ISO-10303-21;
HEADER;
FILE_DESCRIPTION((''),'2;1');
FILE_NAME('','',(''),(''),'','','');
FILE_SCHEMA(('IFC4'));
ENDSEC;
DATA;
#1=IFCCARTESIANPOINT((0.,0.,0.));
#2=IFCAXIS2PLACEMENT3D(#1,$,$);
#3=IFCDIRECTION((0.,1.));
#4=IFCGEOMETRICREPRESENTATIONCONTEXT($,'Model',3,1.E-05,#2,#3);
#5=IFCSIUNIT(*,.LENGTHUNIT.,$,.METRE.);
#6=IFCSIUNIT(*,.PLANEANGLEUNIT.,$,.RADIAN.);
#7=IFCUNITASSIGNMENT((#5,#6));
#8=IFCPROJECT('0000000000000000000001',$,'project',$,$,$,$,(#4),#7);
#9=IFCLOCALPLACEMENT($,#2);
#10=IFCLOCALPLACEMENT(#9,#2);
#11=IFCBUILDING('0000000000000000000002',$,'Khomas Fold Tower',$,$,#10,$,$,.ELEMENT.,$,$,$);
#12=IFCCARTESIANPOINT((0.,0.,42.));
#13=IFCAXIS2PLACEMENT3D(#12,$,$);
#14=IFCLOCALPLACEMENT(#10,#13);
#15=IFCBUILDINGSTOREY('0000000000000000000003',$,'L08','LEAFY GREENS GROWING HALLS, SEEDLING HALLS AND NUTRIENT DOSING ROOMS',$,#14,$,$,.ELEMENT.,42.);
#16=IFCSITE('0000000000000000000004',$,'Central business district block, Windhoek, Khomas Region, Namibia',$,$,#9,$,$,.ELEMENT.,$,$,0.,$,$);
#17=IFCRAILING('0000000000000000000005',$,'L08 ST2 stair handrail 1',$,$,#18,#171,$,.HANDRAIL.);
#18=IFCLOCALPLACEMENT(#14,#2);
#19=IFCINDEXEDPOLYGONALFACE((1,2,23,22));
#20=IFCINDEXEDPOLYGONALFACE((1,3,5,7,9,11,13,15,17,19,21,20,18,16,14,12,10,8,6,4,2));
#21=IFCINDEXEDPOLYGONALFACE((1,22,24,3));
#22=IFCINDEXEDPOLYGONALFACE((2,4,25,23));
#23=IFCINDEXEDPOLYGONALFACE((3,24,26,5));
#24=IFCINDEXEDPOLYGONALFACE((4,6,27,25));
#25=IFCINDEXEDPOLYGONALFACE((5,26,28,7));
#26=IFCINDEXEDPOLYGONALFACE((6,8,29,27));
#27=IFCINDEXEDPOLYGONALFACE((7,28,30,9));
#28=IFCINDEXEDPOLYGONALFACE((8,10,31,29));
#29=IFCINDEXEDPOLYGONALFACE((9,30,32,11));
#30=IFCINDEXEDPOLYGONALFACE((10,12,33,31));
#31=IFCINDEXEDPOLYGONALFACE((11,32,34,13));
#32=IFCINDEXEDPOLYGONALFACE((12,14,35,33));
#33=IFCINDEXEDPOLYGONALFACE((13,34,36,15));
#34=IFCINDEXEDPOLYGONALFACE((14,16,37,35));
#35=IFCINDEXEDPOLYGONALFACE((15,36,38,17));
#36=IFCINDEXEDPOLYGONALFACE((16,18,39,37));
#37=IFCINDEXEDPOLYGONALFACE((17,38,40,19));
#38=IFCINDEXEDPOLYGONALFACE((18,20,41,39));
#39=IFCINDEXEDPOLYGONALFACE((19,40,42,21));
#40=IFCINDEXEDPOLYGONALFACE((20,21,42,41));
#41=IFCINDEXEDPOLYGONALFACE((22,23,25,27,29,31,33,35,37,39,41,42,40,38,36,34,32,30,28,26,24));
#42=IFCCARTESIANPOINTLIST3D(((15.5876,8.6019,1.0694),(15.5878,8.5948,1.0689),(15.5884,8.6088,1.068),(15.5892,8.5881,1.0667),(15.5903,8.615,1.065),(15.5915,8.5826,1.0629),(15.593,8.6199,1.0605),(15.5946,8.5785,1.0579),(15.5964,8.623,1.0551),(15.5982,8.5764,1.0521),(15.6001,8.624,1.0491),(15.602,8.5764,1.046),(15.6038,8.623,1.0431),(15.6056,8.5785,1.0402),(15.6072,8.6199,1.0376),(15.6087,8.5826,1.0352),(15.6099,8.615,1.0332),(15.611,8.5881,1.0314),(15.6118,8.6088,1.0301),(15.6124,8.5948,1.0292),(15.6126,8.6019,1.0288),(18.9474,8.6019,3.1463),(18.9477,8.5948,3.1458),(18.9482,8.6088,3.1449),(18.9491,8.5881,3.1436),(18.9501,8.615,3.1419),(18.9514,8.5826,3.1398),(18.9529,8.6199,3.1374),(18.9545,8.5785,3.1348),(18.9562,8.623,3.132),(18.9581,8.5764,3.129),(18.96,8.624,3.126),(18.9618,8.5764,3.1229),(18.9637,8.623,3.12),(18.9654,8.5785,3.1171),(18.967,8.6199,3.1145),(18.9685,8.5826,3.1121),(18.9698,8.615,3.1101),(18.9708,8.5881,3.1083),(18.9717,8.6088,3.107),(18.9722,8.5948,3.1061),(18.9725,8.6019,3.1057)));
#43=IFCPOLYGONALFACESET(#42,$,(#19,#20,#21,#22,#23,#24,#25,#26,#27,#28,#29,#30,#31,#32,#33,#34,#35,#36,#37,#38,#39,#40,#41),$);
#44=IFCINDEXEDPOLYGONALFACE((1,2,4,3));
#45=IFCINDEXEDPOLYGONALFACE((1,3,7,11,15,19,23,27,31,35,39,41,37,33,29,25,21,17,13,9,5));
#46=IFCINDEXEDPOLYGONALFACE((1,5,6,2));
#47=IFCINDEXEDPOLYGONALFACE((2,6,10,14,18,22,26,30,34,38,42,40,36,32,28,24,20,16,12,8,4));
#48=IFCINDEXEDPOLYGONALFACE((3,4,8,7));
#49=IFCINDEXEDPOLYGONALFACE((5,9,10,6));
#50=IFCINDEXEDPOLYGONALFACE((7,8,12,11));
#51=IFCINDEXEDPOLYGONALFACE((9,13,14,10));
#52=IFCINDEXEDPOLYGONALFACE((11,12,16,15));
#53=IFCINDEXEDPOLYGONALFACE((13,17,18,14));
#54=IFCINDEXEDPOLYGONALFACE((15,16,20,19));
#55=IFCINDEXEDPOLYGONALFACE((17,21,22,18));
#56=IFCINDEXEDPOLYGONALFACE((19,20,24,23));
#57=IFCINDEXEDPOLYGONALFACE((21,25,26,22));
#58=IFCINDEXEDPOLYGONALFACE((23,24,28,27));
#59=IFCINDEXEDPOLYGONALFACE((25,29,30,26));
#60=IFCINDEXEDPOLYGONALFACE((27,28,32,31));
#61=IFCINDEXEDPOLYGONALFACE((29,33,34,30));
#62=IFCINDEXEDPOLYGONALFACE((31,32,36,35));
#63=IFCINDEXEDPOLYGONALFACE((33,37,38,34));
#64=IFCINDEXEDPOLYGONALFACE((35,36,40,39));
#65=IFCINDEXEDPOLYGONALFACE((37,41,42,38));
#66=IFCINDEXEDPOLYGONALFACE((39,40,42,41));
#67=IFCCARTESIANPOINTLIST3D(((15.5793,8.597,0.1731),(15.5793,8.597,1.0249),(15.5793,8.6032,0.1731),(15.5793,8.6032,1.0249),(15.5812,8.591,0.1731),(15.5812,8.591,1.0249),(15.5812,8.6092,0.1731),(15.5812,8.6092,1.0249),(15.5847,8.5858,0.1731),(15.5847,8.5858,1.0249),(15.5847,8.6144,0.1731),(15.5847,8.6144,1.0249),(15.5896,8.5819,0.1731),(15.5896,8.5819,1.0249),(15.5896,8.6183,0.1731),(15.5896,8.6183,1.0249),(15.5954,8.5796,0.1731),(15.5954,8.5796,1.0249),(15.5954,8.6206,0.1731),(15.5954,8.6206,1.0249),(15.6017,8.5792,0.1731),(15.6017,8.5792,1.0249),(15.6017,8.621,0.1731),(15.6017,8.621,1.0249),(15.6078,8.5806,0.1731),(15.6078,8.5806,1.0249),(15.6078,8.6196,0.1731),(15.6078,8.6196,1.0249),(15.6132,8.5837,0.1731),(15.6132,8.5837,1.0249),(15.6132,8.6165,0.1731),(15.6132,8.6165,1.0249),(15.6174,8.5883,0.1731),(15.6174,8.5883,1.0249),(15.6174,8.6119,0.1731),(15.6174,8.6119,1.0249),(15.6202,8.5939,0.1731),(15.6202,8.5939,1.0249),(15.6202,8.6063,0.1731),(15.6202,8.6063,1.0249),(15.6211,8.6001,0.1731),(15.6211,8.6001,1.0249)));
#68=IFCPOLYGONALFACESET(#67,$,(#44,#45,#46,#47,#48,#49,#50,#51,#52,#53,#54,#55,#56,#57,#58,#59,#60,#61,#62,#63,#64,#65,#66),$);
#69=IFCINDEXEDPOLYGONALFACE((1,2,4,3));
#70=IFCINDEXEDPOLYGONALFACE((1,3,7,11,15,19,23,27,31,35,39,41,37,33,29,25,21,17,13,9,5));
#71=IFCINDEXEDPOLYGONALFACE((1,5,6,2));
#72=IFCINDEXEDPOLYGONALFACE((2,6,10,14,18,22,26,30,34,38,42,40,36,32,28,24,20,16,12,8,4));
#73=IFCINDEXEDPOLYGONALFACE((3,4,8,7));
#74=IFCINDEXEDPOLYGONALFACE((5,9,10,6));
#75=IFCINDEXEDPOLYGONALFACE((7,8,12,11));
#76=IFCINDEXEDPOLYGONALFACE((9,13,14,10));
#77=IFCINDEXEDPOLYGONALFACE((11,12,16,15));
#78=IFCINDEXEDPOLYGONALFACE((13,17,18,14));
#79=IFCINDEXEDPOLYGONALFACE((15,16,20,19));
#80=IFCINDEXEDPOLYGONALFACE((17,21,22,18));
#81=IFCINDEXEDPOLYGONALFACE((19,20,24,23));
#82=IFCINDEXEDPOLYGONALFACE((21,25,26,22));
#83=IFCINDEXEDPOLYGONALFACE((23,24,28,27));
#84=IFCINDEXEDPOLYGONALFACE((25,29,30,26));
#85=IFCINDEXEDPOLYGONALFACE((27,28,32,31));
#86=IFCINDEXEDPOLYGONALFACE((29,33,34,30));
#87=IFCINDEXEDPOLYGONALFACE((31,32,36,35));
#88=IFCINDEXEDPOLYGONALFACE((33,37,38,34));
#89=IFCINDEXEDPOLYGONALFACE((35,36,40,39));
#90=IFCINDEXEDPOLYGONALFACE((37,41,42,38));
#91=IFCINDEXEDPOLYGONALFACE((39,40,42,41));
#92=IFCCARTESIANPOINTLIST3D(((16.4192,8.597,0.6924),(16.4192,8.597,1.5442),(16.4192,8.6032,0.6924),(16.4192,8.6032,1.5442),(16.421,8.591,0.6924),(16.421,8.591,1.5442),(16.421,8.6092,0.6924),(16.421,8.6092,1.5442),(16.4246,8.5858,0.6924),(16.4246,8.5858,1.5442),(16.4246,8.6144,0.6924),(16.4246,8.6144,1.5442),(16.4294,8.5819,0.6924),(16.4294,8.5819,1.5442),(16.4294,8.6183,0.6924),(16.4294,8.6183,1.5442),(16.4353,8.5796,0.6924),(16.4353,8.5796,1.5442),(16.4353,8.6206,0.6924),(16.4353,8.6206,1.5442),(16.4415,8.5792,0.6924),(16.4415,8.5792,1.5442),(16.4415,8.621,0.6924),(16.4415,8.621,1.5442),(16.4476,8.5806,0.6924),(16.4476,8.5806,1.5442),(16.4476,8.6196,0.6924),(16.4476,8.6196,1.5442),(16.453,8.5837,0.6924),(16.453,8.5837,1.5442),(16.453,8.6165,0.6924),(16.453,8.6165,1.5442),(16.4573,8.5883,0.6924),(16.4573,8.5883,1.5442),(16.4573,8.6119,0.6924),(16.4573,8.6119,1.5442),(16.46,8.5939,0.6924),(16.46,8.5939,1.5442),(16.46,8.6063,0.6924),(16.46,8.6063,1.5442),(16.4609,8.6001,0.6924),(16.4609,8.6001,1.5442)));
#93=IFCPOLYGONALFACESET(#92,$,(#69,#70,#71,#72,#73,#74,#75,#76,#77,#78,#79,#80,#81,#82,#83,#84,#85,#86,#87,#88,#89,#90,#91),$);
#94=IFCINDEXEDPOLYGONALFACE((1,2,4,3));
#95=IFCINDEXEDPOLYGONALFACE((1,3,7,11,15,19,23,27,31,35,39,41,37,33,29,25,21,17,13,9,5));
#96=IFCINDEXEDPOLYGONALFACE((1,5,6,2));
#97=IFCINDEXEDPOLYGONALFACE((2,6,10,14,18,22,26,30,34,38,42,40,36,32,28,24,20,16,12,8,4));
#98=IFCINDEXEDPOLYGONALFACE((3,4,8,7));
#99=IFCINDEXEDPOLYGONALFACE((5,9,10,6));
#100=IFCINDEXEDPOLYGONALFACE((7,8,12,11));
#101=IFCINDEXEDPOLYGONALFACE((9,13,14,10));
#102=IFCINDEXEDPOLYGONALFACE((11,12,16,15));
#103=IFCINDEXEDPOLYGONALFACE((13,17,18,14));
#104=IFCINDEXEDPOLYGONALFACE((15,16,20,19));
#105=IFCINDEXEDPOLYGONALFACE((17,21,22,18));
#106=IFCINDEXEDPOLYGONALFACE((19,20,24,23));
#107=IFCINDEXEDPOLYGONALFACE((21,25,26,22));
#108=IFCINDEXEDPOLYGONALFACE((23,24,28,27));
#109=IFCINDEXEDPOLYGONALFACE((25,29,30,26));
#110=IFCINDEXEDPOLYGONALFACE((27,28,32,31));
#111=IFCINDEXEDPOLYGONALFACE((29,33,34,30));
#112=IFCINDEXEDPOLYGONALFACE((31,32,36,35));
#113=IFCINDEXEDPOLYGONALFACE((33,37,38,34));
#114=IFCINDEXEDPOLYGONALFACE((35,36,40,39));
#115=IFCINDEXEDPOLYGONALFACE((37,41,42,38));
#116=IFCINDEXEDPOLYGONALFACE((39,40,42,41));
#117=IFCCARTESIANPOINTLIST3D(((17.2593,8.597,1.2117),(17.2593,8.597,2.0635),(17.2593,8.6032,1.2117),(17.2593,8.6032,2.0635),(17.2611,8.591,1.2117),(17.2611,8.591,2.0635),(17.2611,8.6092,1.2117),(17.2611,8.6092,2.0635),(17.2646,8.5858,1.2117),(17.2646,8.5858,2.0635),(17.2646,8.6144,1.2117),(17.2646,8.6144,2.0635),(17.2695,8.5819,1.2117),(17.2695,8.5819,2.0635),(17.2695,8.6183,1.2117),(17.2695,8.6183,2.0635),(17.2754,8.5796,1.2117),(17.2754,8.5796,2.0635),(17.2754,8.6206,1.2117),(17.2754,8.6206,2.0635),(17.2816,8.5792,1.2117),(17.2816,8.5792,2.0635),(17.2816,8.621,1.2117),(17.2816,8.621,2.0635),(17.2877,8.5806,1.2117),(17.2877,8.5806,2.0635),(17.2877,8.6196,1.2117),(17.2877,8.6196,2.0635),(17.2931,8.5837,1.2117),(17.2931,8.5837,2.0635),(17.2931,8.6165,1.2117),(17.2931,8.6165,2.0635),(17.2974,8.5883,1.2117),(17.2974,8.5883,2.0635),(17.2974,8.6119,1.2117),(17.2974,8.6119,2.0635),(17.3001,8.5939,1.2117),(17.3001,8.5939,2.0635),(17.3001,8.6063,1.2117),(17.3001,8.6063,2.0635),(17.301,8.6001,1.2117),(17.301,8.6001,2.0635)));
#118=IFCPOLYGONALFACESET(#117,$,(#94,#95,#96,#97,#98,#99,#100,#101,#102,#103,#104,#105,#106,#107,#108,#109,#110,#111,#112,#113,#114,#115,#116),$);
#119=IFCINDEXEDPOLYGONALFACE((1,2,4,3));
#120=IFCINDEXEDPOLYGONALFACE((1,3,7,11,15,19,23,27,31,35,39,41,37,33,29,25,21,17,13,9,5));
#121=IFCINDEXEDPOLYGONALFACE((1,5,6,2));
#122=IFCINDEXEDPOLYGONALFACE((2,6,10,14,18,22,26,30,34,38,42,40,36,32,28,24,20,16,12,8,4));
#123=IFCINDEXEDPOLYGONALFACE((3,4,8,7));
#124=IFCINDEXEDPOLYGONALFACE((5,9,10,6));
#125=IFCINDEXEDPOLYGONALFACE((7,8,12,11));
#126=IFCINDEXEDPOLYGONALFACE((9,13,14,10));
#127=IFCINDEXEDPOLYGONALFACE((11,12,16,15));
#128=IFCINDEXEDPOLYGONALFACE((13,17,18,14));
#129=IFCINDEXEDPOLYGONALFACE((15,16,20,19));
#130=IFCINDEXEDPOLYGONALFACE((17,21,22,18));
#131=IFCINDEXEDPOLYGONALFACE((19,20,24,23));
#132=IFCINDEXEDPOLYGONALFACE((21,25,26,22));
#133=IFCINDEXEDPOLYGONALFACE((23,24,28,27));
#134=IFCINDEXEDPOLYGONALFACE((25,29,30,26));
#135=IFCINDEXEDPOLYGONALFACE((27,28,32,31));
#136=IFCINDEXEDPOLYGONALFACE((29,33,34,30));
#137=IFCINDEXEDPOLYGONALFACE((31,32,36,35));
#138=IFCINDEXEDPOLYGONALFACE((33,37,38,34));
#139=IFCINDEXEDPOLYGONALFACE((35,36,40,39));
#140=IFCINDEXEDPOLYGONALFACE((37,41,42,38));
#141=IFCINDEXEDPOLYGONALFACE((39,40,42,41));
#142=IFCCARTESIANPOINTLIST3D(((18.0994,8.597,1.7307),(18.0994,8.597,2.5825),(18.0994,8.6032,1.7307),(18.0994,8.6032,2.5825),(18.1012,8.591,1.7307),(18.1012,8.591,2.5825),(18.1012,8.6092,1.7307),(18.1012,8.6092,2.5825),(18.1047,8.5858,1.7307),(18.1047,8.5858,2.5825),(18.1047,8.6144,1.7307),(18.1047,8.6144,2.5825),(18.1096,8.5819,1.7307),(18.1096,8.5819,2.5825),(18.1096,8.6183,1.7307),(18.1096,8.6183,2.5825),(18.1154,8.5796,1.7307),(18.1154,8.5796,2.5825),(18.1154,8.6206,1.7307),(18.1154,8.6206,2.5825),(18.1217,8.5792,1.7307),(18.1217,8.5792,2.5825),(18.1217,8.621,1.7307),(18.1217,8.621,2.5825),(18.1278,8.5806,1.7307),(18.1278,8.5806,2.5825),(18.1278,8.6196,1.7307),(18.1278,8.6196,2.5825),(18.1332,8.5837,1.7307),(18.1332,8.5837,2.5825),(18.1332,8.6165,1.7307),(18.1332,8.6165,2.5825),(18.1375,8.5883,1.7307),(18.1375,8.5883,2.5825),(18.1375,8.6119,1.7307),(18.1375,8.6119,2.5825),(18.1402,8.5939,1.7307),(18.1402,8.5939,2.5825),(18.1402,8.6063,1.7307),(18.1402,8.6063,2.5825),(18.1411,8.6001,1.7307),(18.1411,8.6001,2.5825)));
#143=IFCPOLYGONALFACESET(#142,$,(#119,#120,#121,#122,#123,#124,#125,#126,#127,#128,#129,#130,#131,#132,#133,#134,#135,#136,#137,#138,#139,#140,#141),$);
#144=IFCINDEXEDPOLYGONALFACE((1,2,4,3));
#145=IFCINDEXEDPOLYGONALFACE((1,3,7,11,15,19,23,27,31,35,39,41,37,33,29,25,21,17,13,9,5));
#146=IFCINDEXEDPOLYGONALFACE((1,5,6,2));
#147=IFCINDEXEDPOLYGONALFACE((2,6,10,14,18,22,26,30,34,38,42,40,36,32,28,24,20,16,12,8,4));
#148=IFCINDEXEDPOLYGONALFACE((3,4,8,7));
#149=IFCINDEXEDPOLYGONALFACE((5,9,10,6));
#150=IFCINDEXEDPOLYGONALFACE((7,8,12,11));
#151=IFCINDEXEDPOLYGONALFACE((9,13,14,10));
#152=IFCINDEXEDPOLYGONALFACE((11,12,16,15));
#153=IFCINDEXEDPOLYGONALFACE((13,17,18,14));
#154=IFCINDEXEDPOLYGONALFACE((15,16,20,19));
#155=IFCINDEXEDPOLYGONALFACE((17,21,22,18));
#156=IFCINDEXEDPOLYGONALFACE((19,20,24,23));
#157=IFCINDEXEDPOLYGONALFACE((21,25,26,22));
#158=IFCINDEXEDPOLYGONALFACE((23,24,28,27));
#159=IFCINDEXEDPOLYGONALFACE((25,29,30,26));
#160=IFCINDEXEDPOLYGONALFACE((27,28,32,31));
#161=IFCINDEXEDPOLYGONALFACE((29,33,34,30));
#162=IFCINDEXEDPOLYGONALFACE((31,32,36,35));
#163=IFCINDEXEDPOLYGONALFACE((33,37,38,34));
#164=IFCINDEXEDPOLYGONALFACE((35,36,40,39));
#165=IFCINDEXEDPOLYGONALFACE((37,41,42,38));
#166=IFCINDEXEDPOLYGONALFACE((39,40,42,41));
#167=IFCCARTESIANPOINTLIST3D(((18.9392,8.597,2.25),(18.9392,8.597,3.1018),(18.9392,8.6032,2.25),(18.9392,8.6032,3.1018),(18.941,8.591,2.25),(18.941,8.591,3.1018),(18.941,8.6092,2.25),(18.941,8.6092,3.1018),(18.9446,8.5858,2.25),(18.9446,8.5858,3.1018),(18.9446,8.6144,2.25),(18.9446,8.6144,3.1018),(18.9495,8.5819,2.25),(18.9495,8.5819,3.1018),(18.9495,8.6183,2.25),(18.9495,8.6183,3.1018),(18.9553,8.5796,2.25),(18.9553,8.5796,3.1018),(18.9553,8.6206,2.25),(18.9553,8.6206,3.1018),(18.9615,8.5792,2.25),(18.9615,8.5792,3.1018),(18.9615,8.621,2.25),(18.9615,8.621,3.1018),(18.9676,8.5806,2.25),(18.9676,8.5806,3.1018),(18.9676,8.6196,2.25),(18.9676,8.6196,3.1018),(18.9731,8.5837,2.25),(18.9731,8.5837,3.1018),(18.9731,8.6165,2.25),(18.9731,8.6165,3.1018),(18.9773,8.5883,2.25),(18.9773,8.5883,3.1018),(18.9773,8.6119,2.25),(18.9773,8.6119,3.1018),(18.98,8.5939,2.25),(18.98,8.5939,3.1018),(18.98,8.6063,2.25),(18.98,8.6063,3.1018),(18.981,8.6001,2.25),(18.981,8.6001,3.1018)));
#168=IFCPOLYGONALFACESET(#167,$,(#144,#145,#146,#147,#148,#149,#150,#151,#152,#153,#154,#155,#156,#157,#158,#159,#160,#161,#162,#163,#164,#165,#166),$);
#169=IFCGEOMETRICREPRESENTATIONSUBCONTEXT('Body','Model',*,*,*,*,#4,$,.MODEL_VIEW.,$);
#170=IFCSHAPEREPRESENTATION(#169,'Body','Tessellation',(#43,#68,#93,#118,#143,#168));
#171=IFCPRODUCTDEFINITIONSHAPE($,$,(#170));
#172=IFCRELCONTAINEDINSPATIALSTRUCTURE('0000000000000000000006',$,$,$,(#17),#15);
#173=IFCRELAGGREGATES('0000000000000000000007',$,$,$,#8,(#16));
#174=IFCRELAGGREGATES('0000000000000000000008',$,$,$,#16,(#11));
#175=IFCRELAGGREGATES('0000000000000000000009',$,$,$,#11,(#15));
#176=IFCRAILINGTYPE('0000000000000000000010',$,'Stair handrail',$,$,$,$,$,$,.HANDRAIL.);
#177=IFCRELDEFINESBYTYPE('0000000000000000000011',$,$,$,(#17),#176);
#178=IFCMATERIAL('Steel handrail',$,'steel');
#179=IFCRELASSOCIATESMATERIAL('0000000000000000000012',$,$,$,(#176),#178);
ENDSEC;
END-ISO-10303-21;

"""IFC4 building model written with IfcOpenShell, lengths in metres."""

from ifc_helpers import new_model, si_unit, direction, frame, origin, origin_2d, place, context, subcontext, project, spatial, circle, extrude, source, transform, mapped, material, type_object, element, save


model = new_model("IFC4")

# Units and contexts
model_context = context("Model", 3, precision=1e-05, world=origin(), true_north=direction((0.0, 1.0)))
body_context = subcontext(model_context, "Body", "Model", "MODEL_VIEW")
ifc_project = project(units=[si_unit("LENGTHUNIT", "METRE"), si_unit("PLANEANGLEUNIT", "RADIAN")], contexts=[model_context])

# Site, building, storey
site_placement = place(None, origin())
site = spatial("IfcSite", under=ifc_project, at=site_placement, Name="Central business district block, Windhoek, Khomas Region, Namibia", CompositionType="ELEMENT", RefElevation=0.0)
building_placement = place(site_placement, origin())
building = spatial("IfcBuilding", under=site, at=building_placement, Name="Khomas Fold Tower", CompositionType="ELEMENT")
storey_placement = place(building_placement, frame((0.0, 0.0, 42.0)))
storey = spatial("IfcBuildingStorey", under=building, at=storey_placement, Name="L08", Description="LEAFY GREENS GROWING HALLS, SEEDLING HALLS AND NUTRIENT DOSING ROOMS", CompositionType="ELEMENT", Elevation=42.0)

# Railing
ifc_material_1 = material(Name="Steel handrail", Category="steel")
railing_type_1 = type_object("IfcRailingType", Name="Stair handrail", PredefinedType="HANDRAIL", material=ifc_material_1)
shared_shape_1 = source(origin(), body_context, "Body", "SweptSolid", [
    extrude(circle(Radius=0.0239, at=origin_2d()), frame((0.0, 0.0, 0.876), z_axis=(0.850606, 0.0, 0.525803), x_axis=(0.0, 1.0, 0.0)), (0.0, 0.0, 1.0), 3.95),
    extrude(circle(Radius=0.021, at=origin_2d()), origin(), (0.0, 0.0, 1.0), 0.8518),
    extrude(circle(Radius=0.021, at=origin_2d()), frame((0.8398, 0.0, 0.5193)), (0.0, 0.0, 1.0), 0.8518),
    extrude(circle(Radius=0.021, at=origin_2d()), frame((1.6799, 0.0, 1.0386)), (0.0, 0.0, 1.0), 0.8518),
    extrude(circle(Radius=0.021, at=origin_2d()), frame((2.52, 0.0, 1.5576)), (0.0, 0.0, 1.0), 0.8518),
    extrude(circle(Radius=0.021, at=origin_2d()), frame((3.3599, 0.0, 2.0769)), (0.0, 0.0, 1.0), 0.8518),
])
railing_1_placement = place(storey_placement, frame((15.6001, 8.6001, 0.1731)))
element("IfcRailing", 1, at=railing_1_placement, inside=storey, type_object=railing_type_1, Name="L08 ST2 stair handrail 1", PredefinedType="HANDRAIL", context=body_context, shape_type="MappedRepresentation", body=[
    mapped(shared_shape_1, transform((0.0, 0.0, 0.0))),
])

save(model, "model.ifc")
